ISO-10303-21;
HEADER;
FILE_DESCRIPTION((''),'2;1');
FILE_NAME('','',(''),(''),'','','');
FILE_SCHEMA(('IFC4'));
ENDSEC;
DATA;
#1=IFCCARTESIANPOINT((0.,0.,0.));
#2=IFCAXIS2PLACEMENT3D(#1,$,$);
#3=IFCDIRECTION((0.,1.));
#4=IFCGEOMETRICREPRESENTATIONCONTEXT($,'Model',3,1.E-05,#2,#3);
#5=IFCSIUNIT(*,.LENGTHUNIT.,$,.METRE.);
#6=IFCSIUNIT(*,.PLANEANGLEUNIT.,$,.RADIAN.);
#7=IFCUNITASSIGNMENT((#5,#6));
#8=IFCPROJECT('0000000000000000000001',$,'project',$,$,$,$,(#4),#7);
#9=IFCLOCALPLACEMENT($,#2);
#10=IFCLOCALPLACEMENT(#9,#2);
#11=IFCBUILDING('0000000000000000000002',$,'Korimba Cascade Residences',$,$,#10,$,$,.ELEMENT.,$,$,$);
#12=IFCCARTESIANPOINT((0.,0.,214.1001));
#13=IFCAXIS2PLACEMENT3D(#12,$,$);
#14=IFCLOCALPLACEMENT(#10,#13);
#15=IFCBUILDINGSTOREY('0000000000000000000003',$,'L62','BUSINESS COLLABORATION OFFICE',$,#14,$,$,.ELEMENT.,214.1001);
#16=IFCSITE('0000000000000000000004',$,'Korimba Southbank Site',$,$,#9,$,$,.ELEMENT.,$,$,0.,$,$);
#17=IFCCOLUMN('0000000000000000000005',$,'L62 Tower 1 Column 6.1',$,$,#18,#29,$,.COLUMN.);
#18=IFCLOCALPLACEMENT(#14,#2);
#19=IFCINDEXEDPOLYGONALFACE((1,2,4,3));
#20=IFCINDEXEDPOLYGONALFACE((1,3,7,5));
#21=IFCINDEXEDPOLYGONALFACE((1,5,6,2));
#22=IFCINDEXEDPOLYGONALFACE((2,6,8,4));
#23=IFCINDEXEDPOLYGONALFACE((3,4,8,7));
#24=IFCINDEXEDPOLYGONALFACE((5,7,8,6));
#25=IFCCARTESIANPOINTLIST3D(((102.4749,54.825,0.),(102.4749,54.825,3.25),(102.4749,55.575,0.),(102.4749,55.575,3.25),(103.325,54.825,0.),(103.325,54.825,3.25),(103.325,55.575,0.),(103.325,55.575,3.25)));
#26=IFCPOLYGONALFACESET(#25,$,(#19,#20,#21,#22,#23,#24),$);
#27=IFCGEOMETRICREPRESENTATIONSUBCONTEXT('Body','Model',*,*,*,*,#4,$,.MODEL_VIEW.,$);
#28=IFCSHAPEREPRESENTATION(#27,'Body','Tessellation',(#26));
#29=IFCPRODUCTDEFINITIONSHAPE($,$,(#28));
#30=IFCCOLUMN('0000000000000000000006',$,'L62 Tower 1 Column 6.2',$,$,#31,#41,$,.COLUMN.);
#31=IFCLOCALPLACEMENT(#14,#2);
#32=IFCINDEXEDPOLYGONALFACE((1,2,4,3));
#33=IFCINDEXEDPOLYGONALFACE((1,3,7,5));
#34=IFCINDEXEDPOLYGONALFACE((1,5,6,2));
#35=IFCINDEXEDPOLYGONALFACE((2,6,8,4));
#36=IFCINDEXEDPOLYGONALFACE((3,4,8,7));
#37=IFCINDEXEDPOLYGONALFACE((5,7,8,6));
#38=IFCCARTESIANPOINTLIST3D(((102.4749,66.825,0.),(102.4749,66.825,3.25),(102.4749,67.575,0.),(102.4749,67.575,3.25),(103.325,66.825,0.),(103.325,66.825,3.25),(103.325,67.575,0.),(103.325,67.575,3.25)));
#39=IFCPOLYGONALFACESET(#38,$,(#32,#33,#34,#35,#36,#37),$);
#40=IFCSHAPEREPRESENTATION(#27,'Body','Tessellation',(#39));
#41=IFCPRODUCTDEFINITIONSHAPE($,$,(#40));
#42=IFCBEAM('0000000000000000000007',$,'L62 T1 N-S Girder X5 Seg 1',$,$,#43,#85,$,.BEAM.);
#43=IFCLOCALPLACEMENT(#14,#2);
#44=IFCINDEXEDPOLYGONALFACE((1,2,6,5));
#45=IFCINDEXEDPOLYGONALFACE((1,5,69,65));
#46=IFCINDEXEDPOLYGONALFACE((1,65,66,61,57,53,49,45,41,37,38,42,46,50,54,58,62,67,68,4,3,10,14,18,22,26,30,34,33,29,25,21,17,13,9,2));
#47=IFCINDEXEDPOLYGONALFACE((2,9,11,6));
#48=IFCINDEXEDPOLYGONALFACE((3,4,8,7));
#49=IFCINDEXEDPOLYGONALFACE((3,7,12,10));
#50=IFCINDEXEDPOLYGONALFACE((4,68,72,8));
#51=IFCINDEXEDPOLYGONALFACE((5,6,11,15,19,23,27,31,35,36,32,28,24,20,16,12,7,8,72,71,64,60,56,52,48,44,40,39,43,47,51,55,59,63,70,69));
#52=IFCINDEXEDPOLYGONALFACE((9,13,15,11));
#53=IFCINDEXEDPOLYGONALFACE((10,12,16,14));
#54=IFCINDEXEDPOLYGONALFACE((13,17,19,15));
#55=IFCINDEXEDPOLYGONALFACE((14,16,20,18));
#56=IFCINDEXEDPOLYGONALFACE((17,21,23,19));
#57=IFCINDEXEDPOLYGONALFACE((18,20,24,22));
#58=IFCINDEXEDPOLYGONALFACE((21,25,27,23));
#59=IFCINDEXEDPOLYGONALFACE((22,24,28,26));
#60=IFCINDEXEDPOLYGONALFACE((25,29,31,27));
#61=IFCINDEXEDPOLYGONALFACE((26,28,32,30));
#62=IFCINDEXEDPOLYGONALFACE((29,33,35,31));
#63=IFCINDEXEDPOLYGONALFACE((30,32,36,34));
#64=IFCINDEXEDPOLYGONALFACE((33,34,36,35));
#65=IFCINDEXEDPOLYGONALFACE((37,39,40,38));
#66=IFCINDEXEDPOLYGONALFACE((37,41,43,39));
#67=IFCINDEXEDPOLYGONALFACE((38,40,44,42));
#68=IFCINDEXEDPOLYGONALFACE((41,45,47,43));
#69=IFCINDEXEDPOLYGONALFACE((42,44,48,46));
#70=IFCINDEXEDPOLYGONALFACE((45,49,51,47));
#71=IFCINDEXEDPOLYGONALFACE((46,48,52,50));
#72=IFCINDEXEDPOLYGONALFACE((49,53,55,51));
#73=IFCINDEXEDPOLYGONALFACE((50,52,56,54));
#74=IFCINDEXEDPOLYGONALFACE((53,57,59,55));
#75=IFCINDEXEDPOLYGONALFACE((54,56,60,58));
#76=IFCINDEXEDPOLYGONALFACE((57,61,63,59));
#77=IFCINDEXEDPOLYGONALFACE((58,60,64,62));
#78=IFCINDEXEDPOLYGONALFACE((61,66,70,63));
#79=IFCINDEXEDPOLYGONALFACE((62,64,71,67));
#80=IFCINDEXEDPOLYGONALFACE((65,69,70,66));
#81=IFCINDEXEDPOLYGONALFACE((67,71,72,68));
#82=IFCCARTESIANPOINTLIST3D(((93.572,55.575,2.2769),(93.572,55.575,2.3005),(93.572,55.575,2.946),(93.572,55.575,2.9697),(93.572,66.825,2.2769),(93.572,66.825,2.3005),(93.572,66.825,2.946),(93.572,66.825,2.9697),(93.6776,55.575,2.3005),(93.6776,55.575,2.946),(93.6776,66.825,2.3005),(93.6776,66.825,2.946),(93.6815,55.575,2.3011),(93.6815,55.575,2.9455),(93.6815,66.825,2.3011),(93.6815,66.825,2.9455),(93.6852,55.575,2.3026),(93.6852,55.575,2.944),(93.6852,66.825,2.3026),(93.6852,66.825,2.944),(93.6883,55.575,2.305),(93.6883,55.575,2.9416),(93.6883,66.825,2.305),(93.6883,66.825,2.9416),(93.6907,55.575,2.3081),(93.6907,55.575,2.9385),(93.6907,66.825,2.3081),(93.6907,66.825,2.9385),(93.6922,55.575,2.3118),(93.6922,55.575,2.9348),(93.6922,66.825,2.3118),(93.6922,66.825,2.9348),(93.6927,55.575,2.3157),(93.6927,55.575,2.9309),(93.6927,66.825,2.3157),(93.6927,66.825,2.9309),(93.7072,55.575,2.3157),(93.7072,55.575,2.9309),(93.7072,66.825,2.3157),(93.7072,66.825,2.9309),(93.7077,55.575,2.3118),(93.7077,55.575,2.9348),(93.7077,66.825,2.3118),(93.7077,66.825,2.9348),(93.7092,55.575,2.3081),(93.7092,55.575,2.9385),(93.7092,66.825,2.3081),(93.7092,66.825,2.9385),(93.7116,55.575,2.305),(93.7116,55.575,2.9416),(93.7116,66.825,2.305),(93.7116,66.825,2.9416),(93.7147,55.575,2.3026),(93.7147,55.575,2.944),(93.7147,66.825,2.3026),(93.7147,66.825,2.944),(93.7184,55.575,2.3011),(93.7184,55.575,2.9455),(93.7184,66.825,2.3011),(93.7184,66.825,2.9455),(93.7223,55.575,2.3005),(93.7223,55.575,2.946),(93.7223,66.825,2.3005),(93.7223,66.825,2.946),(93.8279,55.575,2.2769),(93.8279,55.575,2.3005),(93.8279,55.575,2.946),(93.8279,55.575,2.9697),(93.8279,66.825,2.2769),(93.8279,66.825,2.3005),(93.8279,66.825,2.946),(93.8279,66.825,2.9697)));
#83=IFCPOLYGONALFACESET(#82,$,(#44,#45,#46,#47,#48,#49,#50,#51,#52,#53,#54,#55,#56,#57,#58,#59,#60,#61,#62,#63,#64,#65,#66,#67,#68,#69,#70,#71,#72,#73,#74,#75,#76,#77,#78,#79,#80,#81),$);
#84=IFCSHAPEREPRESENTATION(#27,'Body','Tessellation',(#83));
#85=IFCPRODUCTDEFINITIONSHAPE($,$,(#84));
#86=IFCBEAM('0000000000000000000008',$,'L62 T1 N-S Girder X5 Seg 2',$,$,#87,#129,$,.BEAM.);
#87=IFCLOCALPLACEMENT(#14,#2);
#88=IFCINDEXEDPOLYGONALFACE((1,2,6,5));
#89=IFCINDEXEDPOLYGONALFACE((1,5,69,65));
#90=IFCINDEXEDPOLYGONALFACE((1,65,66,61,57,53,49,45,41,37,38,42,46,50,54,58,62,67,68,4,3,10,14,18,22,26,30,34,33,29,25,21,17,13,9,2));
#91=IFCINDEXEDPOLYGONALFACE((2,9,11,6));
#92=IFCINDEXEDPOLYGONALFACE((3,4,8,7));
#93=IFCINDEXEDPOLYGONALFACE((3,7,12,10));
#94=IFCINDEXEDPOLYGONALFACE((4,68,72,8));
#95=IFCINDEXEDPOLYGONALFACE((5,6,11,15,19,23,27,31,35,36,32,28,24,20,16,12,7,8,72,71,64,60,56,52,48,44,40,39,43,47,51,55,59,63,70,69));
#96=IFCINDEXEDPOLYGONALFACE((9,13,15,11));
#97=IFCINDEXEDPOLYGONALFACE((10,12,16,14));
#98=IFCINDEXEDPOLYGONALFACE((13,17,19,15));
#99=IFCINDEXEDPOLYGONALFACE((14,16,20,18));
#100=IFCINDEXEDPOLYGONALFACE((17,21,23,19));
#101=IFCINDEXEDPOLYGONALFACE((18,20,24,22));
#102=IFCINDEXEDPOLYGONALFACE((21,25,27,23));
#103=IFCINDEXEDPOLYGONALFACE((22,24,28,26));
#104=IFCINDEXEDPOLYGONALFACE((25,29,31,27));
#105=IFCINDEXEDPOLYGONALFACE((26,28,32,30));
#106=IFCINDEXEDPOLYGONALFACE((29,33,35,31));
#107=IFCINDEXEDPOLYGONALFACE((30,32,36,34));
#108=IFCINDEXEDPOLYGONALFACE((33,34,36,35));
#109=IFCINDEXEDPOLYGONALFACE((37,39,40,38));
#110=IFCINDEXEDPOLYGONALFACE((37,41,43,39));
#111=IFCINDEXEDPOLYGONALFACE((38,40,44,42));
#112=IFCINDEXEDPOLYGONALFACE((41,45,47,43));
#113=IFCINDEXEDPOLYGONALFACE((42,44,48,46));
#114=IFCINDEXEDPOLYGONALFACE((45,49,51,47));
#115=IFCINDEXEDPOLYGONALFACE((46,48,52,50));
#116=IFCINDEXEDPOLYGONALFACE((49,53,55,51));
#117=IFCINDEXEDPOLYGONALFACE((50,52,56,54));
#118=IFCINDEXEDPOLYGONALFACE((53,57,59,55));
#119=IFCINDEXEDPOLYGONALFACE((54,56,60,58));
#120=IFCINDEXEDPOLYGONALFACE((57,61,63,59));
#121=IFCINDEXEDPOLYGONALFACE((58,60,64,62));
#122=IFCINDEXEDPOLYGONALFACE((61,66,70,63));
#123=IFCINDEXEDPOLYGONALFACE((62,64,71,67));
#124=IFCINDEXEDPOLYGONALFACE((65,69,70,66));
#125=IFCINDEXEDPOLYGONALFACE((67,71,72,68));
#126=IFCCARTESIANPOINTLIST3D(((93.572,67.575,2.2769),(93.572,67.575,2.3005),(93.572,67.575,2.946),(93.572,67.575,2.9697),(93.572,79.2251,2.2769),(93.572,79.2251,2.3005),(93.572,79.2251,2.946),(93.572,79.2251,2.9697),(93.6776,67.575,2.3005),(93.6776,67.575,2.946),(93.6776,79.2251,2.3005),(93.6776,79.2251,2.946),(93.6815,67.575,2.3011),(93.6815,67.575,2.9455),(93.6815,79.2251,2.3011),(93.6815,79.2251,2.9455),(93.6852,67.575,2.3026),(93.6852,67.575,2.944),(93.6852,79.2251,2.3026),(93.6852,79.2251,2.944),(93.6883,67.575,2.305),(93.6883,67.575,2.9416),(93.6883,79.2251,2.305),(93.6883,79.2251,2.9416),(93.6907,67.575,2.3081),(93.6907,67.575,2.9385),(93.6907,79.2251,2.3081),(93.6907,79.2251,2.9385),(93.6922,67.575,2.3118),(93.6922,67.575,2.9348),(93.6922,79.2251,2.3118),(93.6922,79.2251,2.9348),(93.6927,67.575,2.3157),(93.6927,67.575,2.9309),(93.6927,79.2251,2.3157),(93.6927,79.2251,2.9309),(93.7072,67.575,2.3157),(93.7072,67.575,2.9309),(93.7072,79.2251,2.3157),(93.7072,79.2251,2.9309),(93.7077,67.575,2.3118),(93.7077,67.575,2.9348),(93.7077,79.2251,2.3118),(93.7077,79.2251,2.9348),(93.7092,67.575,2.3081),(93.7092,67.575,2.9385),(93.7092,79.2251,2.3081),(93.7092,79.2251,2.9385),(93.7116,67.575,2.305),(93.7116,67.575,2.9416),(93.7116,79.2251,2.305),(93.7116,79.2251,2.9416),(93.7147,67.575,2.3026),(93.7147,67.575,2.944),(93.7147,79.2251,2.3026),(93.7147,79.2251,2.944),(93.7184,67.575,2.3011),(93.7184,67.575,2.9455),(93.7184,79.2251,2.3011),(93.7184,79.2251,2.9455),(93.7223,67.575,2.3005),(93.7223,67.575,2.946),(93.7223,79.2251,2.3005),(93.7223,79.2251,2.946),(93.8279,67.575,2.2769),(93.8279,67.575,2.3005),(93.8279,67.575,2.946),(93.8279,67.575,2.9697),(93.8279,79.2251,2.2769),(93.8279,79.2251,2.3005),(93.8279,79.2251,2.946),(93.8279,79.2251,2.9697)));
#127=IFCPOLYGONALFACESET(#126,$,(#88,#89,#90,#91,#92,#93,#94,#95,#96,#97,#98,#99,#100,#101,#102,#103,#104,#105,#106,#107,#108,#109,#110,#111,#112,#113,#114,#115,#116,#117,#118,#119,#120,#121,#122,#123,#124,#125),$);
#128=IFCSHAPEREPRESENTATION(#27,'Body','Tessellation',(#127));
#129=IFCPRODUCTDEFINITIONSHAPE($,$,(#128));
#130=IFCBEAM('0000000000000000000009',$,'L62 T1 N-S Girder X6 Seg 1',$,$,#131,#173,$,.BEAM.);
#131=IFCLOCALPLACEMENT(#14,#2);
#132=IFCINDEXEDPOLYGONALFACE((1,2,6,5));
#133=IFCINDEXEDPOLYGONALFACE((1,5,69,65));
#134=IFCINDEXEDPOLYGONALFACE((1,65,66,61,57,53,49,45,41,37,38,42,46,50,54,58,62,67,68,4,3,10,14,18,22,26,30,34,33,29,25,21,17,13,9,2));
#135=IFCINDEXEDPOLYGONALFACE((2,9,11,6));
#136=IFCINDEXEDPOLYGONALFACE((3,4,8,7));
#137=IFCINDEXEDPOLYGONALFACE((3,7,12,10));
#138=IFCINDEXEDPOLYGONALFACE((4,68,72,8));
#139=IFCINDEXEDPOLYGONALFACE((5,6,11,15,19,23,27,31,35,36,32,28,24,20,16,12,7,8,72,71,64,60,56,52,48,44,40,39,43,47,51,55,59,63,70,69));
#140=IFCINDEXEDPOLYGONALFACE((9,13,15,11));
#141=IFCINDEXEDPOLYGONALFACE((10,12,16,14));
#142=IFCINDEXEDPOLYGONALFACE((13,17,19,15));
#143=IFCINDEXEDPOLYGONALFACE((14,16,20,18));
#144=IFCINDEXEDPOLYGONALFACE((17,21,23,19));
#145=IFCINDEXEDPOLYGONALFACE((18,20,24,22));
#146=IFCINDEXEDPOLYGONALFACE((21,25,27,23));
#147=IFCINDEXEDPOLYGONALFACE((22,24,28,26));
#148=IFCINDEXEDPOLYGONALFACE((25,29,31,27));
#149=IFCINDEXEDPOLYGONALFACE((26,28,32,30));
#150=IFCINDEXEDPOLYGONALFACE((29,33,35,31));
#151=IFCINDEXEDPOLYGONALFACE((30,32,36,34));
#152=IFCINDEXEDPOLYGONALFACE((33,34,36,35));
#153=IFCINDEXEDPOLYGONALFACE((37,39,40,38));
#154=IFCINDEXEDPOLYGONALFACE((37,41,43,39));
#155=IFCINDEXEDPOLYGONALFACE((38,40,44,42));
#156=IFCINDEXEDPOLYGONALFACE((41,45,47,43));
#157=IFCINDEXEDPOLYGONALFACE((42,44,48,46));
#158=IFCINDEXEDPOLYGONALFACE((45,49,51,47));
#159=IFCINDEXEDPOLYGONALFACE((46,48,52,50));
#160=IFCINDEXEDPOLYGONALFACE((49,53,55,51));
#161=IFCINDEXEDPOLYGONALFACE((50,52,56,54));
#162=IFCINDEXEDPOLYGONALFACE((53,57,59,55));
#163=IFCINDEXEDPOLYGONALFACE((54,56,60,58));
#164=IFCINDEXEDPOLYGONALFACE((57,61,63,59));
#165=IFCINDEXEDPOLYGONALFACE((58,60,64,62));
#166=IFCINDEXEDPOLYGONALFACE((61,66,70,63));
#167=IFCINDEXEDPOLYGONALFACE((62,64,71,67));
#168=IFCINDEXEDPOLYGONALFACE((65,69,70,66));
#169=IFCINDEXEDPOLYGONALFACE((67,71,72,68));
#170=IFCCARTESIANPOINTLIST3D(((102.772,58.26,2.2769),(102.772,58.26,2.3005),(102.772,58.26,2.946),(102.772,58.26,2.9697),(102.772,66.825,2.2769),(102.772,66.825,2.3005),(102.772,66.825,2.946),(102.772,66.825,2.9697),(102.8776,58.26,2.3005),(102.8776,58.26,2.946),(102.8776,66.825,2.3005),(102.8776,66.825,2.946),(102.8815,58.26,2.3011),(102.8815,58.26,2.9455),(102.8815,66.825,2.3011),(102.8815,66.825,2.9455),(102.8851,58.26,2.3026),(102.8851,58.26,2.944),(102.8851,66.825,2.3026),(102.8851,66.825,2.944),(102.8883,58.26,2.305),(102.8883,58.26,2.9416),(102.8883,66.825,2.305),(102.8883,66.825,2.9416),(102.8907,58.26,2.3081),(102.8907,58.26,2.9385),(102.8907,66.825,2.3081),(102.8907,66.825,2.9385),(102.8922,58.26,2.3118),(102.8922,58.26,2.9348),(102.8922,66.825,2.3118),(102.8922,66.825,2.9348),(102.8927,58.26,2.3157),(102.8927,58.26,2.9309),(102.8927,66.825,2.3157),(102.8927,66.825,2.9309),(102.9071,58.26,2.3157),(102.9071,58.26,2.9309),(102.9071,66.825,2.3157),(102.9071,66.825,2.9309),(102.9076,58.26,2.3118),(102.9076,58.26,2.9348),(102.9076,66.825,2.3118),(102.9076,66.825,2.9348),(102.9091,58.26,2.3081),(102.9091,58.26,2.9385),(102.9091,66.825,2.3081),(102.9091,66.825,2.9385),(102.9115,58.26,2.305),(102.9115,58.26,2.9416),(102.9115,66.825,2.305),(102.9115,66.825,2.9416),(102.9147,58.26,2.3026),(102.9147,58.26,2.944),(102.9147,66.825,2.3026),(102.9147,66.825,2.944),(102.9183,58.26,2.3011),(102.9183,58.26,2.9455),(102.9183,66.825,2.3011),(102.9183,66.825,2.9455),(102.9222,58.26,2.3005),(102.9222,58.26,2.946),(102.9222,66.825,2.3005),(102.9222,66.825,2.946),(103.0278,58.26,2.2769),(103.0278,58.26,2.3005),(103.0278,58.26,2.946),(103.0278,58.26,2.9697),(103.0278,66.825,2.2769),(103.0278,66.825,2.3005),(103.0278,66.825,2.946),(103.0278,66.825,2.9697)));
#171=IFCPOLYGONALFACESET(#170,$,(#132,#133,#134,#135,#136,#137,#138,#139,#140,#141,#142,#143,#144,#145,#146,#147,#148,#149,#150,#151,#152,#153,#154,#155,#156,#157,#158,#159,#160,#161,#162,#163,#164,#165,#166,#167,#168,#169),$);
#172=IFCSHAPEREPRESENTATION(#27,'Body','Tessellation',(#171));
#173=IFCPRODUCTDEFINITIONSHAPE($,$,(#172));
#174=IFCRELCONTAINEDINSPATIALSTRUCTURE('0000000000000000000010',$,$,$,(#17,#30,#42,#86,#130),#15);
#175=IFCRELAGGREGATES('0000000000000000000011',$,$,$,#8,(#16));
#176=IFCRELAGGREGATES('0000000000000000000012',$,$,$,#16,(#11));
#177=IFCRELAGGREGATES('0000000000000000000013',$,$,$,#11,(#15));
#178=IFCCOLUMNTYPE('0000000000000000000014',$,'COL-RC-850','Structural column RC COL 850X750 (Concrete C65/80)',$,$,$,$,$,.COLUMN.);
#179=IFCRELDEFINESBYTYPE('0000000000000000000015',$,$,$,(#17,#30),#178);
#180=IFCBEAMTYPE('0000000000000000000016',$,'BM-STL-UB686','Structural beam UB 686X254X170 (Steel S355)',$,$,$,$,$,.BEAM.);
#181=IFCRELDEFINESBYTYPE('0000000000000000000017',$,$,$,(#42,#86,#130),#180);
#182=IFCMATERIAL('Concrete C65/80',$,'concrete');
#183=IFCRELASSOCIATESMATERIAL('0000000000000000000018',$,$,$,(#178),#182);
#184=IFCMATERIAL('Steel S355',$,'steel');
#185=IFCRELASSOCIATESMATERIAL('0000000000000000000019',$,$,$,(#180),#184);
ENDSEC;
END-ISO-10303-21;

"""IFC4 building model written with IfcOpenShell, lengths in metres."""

from ifc_helpers import new_model, si_unit, direction, frame, origin, origin_2d, place, context, subcontext, project, spatial, rectangle, i_section, extrude, material, material_profile, profile_set, type_object, element, save


model = new_model("IFC4")

# Units and contexts
model_context = context("Model", 3, precision=1e-05, world=origin(), true_north=direction((0.0, 1.0)))
body_context = subcontext(model_context, "Body", "Model", "MODEL_VIEW")
ifc_project = project(units=[si_unit("LENGTHUNIT", "METRE"), si_unit("PLANEANGLEUNIT", "RADIAN")], contexts=[model_context])

# Site, building, storey
site_placement = place(None, origin())
site = spatial("IfcSite", under=ifc_project, at=site_placement, Name="Korimba Southbank Site", CompositionType="ELEMENT", RefElevation=0.0)
building_placement = place(site_placement, origin())
building = spatial("IfcBuilding", under=site, at=building_placement, Name="Korimba Cascade Residences", CompositionType="ELEMENT")
storey_placement = place(building_placement, frame((0.0, 0.0, 214.1001)))
storey = spatial("IfcBuildingStorey", under=building, at=storey_placement, Name="L62", Description="BUSINESS COLLABORATION OFFICE", CompositionType="ELEMENT", Elevation=214.1001)

# Columns
ifc_material_1 = material(Name="Concrete C65/80", Category="concrete")
ifc_material_profile_1 = material_profile(ifc_material_1, rectangle(XDim=0.8501, YDim=0.75, at=origin_2d()), Name="Concrete C65/80")
ifc_profile_set_1 = profile_set([ifc_material_profile_1], Name="Concrete C65/80")
column_type = type_object("IfcColumnType", Name="COL-RC-850", Description="Structural column RC COL 850X750 (Concrete C65/80)", PredefinedType="COLUMN", material=ifc_profile_set_1)
for number, where, z_axis, x_axis, name in (
    (1, (102.8999, 55.2, 0.0), (0.0, 0.0, 1.0), (1.0, 0.0, 0.0), "L62 Tower 1 Column 6.1"),
    (2, (102.8999, 67.2, 0.0), (0.0, 0.0, 1.0), (1.0, 0.0, 0.0), "L62 Tower 1 Column 6.2"),
):
    element("IfcColumn", number, at=place(storey_placement, frame(where, z_axis=z_axis, x_axis=x_axis)), inside=storey, type_object=column_type, Name=name, PredefinedType="COLUMN", context=body_context, shape_type="SweptSolid", body=[
        extrude(rectangle(XDim=0.8501, YDim=0.75, at=origin_2d()), origin(), (0.0, 0.0, 1.0), 3.25),
    ])

# Beams
ifc_material_2 = material(Name="Steel S355", Category="steel")
ifc_material_profile_2 = material_profile(ifc_material_2, i_section(OverallWidth=0.2559, OverallDepth=0.6929, WebThickness=0.0144, FlangeThickness=0.0237, FilletRadius=0.0151, at=origin_2d()), Name="Steel S355")
ifc_profile_set_2 = profile_set([ifc_material_profile_2], Name="Steel S355")
beam_type = type_object("IfcBeamType", Name="BM-STL-UB686", Description="Structural beam UB 686X254X170 (Steel S355)", PredefinedType="BEAM", material=ifc_profile_set_2)
beam_1_placement = place(storey_placement, frame((93.7, 55.575, 2.6233), z_axis=(0.0, 1.0, 0.0), x_axis=(-1.0, 0.0, 0.0)))
element("IfcBeam", 3, at=beam_1_placement, inside=storey, type_object=beam_type, Name="L62 T1 N-S Girder X5 Seg 1", PredefinedType="BEAM", context=body_context, shape_type="SweptSolid", body=[
    extrude(i_section(OverallWidth=0.2559, OverallDepth=0.6929, WebThickness=0.0144, FlangeThickness=0.0237, FilletRadius=0.0151, at=origin_2d()), origin(), (0.0, 0.0, 1.0), 11.25),
])
beam_2_placement = place(storey_placement, frame((93.7, 67.575, 2.6233), z_axis=(0.0, 1.0, 0.0), x_axis=(-1.0, 0.0, 0.0)))
element("IfcBeam", 4, at=beam_2_placement, inside=storey, type_object=beam_type, Name="L62 T1 N-S Girder X5 Seg 2", PredefinedType="BEAM", context=body_context, shape_type="SweptSolid", body=[
    extrude(i_section(OverallWidth=0.2559, OverallDepth=0.6929, WebThickness=0.0144, FlangeThickness=0.0237, FilletRadius=0.0151, at=origin_2d()), origin(), (0.0, 0.0, 1.0), 11.6501),
])
beam_3_placement = place(storey_placement, frame((102.8999, 58.26, 2.6233), z_axis=(0.0, 1.0, 0.0), x_axis=(-1.0, 0.0, 0.0)))
element("IfcBeam", 5, at=beam_3_placement, inside=storey, type_object=beam_type, Name="L62 T1 N-S Girder X6 Seg 1", PredefinedType="BEAM", context=body_context, shape_type="SweptSolid", body=[
    extrude(i_section(OverallWidth=0.2559, OverallDepth=0.6929, WebThickness=0.0144, FlangeThickness=0.0237, FilletRadius=0.0151, at=origin_2d()), origin(), (0.0, 0.0, 1.0), 8.5649),
])

save(model, "model.ifc")
